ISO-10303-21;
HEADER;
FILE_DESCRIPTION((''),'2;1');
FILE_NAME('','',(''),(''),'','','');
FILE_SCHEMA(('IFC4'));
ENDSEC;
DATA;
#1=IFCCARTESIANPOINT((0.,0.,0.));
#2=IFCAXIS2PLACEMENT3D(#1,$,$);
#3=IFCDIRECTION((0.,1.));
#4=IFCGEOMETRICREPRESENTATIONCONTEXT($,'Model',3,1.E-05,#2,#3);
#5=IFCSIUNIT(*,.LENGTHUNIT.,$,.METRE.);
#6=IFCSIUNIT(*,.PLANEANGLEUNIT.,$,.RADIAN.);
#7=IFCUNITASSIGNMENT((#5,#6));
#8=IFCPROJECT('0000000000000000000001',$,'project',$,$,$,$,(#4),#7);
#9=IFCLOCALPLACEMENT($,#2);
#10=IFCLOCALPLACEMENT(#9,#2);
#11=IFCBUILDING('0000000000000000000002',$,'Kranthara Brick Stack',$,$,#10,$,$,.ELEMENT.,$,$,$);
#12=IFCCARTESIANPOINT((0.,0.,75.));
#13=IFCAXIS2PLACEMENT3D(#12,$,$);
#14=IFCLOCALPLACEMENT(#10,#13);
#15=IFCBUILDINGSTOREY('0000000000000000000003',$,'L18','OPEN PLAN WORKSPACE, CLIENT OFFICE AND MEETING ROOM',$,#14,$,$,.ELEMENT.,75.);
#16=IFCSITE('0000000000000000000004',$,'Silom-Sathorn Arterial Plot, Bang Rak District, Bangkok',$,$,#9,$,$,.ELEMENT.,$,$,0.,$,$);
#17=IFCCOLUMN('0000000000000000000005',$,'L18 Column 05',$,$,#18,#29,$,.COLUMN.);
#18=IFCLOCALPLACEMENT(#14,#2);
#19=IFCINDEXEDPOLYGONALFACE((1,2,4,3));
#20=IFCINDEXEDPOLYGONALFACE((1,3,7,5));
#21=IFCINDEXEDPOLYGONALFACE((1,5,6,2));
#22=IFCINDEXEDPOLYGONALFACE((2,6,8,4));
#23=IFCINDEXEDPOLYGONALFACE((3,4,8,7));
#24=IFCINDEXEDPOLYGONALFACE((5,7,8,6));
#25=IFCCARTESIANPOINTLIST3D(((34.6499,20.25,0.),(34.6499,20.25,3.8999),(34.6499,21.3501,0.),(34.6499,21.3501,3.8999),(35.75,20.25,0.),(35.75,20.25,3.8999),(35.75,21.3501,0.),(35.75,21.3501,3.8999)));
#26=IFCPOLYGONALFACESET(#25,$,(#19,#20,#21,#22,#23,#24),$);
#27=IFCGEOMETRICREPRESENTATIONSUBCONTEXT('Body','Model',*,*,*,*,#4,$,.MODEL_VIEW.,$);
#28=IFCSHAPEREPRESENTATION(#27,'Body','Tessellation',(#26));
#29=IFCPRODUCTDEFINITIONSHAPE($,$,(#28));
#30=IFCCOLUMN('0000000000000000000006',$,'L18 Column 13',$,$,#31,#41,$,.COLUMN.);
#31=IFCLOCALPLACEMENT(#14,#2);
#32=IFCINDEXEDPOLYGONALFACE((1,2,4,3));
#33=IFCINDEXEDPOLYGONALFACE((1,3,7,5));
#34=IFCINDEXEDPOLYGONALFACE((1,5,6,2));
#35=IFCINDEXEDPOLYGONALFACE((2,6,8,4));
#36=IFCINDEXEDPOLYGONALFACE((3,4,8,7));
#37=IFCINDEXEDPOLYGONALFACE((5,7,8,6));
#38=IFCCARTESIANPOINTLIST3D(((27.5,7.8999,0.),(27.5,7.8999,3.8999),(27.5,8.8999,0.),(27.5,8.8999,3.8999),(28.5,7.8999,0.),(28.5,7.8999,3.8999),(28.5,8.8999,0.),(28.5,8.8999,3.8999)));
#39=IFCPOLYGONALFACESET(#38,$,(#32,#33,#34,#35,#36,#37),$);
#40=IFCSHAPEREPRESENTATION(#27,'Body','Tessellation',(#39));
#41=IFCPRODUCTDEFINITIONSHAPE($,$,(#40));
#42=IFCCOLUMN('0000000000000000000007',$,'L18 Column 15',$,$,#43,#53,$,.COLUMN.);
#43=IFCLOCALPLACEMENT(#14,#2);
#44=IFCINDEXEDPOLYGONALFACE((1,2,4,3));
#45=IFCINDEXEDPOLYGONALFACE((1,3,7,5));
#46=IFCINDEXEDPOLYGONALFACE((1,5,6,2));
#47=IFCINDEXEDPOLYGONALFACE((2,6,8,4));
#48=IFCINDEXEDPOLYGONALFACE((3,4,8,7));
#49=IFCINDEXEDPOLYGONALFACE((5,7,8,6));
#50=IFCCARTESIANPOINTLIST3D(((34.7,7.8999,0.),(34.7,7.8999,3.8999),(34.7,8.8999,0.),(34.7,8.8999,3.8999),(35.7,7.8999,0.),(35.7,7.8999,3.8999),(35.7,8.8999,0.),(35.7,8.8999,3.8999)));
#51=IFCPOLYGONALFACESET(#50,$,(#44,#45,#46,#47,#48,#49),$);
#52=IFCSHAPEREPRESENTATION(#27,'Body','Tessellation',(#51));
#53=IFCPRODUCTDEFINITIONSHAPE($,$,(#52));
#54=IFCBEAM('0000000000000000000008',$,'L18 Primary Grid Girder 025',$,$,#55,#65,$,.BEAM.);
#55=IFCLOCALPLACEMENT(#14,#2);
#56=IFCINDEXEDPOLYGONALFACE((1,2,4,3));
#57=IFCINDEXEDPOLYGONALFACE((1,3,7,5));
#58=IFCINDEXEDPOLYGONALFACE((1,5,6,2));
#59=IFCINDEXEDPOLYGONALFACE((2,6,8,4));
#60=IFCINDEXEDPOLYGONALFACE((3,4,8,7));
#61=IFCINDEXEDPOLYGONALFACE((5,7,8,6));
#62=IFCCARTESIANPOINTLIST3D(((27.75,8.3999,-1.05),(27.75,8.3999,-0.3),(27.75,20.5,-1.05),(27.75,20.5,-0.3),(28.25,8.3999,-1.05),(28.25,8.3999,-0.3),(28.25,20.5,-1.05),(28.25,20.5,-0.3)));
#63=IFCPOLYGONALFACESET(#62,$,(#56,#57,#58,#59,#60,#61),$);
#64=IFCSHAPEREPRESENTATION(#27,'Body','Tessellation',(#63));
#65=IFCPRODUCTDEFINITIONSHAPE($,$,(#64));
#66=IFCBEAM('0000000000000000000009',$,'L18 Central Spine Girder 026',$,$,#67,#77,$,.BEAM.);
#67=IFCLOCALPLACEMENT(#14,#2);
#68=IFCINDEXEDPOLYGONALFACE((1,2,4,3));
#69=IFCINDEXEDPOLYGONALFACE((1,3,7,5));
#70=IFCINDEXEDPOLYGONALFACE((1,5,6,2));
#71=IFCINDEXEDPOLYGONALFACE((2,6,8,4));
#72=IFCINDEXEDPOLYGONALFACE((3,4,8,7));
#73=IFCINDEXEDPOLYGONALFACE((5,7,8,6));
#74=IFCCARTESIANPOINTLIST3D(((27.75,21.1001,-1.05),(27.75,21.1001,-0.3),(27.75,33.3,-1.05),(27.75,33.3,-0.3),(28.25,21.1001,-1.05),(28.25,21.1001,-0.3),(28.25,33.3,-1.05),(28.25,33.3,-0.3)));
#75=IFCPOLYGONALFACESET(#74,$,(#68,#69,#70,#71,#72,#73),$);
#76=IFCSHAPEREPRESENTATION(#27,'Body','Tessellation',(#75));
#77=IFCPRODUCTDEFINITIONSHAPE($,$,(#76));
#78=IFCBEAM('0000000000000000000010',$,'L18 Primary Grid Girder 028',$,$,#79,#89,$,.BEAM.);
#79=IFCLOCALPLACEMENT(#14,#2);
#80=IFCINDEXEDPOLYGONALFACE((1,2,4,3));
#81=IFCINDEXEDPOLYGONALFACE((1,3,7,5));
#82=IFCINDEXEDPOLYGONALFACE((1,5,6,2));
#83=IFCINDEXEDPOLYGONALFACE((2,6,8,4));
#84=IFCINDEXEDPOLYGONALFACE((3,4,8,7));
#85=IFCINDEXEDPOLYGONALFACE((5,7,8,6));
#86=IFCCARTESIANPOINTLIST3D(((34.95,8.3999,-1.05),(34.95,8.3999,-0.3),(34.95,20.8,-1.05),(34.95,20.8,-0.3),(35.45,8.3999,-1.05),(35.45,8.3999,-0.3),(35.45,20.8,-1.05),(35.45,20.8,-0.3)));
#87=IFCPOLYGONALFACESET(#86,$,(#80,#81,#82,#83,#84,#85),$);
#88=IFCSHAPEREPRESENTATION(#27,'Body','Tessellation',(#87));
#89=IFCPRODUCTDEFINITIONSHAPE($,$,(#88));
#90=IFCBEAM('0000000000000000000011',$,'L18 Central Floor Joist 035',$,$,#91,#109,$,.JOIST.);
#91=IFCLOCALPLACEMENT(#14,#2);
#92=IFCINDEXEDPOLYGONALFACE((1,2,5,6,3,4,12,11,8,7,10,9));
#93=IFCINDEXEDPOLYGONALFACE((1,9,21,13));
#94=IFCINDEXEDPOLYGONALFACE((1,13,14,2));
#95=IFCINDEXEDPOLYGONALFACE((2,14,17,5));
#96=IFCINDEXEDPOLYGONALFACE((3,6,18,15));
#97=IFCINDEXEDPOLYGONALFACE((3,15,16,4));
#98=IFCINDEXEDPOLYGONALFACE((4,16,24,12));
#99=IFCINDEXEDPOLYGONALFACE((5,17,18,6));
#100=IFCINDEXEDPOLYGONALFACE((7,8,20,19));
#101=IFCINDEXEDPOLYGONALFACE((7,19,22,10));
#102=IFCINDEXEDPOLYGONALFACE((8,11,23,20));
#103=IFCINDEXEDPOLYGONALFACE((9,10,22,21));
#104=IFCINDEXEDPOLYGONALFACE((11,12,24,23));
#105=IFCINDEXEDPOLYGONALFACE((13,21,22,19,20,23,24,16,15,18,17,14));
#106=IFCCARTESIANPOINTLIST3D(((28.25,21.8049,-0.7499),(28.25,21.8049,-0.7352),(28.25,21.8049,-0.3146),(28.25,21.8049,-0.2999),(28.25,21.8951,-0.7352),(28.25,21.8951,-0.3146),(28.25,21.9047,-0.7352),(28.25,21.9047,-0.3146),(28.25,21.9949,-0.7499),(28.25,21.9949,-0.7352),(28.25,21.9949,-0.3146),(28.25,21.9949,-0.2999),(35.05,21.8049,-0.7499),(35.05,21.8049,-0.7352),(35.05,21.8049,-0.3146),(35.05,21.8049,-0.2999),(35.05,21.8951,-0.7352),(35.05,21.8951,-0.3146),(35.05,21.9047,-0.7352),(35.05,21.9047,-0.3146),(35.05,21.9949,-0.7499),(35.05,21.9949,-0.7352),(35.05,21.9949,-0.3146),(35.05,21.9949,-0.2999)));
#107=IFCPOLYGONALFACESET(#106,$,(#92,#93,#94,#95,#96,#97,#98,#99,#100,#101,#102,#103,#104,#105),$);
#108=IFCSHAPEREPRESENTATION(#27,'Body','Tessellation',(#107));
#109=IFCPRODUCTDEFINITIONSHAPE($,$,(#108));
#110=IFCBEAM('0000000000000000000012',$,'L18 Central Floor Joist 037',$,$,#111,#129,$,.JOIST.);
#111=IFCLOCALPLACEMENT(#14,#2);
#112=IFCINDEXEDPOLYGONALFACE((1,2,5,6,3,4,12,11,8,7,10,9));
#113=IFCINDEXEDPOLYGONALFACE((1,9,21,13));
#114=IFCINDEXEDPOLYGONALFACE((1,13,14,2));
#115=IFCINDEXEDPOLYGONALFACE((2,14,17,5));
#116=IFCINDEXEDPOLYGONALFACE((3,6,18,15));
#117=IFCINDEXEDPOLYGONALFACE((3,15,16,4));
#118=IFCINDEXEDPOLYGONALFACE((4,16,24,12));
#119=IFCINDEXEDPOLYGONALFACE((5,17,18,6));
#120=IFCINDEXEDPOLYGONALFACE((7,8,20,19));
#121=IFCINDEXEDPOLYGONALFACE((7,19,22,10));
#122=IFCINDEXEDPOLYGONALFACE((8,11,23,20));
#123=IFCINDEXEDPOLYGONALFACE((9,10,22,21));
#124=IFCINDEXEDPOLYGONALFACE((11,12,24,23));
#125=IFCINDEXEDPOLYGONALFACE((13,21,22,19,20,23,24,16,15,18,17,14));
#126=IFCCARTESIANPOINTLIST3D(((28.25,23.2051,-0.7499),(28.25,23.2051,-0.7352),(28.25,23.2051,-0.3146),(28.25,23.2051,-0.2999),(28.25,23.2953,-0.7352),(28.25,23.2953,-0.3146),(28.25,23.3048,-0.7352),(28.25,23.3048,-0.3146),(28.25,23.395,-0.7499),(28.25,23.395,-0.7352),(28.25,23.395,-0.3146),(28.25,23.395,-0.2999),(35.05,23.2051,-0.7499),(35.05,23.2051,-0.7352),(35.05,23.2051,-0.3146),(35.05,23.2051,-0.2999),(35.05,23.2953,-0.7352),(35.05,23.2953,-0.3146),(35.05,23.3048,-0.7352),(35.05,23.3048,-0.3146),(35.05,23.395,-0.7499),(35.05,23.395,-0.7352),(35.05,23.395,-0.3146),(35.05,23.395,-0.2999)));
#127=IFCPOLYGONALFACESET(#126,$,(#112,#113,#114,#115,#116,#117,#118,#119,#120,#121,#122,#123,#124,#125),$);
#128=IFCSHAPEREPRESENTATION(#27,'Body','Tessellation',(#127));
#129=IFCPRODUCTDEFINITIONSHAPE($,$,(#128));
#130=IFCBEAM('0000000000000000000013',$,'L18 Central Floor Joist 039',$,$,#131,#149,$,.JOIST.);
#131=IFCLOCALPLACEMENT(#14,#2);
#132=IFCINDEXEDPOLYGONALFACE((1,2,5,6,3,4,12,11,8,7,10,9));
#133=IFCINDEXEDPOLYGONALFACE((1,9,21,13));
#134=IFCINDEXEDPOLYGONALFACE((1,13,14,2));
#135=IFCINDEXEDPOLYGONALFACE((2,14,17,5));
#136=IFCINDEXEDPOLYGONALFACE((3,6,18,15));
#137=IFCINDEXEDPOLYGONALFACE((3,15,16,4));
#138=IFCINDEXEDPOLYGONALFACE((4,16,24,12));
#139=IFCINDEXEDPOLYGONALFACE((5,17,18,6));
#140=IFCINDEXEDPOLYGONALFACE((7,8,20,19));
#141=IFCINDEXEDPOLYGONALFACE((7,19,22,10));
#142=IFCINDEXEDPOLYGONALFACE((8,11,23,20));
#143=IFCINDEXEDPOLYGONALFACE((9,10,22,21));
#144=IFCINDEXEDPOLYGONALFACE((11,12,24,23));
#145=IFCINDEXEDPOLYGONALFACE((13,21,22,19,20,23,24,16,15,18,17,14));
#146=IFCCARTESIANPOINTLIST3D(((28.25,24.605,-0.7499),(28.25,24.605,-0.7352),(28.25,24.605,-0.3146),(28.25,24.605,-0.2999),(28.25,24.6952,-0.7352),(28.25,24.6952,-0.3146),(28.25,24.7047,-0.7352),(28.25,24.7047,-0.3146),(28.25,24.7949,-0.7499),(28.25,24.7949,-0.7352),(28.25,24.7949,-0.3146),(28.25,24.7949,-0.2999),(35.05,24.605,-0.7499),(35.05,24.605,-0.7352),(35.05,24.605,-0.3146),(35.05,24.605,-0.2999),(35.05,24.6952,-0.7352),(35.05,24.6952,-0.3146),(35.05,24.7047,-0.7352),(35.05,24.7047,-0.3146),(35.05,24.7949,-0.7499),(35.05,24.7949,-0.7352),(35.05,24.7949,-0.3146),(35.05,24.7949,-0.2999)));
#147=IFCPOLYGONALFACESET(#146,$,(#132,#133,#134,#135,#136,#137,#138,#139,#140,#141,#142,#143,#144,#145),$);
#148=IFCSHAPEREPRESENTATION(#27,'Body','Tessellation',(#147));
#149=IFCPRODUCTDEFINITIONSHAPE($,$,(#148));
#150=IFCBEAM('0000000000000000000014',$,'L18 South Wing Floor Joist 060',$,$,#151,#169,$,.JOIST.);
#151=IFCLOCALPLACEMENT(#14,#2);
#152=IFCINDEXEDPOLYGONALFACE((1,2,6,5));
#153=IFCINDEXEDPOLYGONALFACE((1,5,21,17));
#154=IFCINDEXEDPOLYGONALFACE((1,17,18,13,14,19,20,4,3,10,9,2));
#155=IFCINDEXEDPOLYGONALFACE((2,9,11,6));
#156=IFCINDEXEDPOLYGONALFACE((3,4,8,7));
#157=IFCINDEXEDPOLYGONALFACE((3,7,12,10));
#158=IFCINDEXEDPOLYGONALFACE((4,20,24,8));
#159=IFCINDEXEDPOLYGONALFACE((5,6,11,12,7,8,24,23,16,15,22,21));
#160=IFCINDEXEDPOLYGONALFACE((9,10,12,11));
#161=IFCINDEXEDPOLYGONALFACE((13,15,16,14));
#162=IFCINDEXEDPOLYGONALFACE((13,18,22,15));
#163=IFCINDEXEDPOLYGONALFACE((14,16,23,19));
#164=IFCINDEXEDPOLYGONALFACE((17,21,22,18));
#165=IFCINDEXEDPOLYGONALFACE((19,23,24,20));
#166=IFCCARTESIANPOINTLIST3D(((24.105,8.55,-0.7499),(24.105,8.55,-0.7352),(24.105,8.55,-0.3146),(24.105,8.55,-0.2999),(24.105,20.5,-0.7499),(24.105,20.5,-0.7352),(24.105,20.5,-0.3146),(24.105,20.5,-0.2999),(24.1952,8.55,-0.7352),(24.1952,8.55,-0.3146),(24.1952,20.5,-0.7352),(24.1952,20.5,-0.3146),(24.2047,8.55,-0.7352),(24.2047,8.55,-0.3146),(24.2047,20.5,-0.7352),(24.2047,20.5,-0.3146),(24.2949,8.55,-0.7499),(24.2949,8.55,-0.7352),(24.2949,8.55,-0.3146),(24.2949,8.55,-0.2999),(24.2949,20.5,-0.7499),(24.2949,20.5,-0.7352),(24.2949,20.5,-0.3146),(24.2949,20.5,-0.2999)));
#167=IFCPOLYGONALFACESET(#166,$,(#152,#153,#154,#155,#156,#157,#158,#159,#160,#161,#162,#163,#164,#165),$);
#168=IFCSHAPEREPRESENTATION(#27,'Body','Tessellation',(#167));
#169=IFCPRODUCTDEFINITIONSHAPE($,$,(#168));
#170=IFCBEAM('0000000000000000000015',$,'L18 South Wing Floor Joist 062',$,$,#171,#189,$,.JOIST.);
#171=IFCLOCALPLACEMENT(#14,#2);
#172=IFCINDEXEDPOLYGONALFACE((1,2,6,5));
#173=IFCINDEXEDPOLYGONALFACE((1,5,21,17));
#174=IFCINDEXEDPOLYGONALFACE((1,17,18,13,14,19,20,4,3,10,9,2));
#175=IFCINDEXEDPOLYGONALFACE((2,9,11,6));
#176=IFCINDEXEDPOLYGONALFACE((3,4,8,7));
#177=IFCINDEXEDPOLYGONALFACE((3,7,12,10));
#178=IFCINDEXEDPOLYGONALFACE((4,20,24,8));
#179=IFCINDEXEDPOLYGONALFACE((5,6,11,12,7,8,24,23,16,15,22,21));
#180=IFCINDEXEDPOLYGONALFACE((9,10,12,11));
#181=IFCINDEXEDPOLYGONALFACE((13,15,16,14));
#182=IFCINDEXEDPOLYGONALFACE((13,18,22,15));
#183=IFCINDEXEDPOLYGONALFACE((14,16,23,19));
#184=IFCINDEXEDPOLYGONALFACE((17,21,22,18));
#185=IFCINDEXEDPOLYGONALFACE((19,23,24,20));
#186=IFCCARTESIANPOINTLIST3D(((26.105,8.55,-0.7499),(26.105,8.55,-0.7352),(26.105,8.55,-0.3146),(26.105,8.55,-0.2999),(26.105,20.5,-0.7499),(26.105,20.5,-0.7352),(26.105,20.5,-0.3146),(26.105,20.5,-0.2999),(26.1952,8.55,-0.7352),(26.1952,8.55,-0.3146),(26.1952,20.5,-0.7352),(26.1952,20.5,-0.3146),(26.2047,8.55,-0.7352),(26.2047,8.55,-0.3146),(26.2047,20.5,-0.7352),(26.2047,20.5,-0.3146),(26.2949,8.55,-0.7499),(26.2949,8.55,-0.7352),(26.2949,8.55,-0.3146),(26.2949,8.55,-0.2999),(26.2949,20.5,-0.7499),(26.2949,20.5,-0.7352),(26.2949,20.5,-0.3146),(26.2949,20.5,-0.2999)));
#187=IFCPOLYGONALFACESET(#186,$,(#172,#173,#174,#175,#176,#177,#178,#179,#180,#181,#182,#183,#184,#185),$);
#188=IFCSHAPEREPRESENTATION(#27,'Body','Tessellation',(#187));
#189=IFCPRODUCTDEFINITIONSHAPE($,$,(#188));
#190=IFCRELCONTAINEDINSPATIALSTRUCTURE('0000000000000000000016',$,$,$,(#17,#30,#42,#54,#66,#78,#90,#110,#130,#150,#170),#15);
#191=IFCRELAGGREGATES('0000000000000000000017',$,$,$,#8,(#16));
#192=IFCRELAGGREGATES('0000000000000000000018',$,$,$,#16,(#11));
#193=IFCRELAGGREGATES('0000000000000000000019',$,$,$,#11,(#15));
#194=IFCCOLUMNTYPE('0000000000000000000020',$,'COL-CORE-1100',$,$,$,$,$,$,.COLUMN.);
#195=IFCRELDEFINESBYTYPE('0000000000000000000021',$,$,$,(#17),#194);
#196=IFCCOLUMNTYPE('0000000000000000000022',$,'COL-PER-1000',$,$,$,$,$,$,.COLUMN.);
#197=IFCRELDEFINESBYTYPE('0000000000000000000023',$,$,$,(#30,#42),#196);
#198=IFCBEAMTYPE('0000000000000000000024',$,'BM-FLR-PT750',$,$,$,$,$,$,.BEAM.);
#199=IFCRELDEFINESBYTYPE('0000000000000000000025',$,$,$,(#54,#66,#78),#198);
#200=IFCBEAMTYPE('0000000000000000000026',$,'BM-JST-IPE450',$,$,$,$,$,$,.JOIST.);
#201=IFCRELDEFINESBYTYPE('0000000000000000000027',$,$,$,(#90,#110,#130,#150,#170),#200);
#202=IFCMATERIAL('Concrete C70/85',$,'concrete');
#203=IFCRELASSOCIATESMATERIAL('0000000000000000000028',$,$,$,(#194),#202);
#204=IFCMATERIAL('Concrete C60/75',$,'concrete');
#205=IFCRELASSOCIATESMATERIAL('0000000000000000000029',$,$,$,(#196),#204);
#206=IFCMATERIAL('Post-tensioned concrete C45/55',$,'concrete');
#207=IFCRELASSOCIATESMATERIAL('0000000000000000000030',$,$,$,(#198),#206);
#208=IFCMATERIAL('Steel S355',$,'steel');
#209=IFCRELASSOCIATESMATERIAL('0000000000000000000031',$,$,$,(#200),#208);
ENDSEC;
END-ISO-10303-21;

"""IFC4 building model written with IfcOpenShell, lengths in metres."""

from ifc_helpers import new_model, si_unit, direction, frame, origin, origin_2d, place, context, subcontext, project, spatial, rectangle, i_section, extrude, material, material_profile, profile_set, type_object, element, save


model = new_model("IFC4")

# Units and contexts
model_context = context("Model", 3, precision=1e-05, world=origin(), true_north=direction((0.0, 1.0)))
body_context = subcontext(model_context, "Body", "Model", "MODEL_VIEW")
ifc_project = project(units=[si_unit("LENGTHUNIT", "METRE"), si_unit("PLANEANGLEUNIT", "RADIAN")], contexts=[model_context])

# Site, building, storey
site_placement = place(None, origin())
site = spatial("IfcSite", under=ifc_project, at=site_placement, Name="Silom-Sathorn Arterial Plot, Bang Rak District, Bangkok", CompositionType="ELEMENT", RefElevation=0.0)
building_placement = place(site_placement, origin())
building = spatial("IfcBuilding", under=site, at=building_placement, Name="Kranthara Brick Stack", CompositionType="ELEMENT")
storey_placement = place(building_placement, frame((0.0, 0.0, 75.0)))
storey = spatial("IfcBuildingStorey", under=building, at=storey_placement, Name="L18", Description="OPEN PLAN WORKSPACE, CLIENT OFFICE AND MEETING ROOM", CompositionType="ELEMENT", Elevation=75.0)

# Columns
ifc_material_1 = material(Name="Concrete C70/85", Category="concrete")
ifc_material_profile_1 = material_profile(ifc_material_1, rectangle(XDim=1.1001, YDim=1.1001, at=origin_2d()), Name="RC 1100x1100")
ifc_profile_set_1 = profile_set([ifc_material_profile_1], Name="Concrete C70/85")
column_type_1 = type_object("IfcColumnType", Name="COL-CORE-1100", PredefinedType="COLUMN", material=ifc_profile_set_1)
column_placement = place(storey_placement, frame((35.2, 20.8, 0.0), z_axis=(0.0, 0.0, 1.0), x_axis=(1.0, 0.0, 0.0)))
element("IfcColumn", 1, at=column_placement, inside=storey, type_object=column_type_1, Name="L18 Column 05", PredefinedType="COLUMN", context=body_context, shape_type="SweptSolid", body=[
    extrude(rectangle(XDim=1.1001, YDim=1.1001, at=origin_2d()), origin(), (0.0, 0.0, 1.0), 3.8999),
])
ifc_material_2 = material(Name="Concrete C60/75", Category="concrete")
ifc_material_profile_2 = material_profile(ifc_material_2, rectangle(XDim=1.0, YDim=1.0, at=origin_2d()), Name="RC 1000x1000")
ifc_profile_set_2 = profile_set([ifc_material_profile_2], Name="Concrete C60/75")
column_type_2 = type_object("IfcColumnType", Name="COL-PER-1000", PredefinedType="COLUMN", material=ifc_profile_set_2)
for number, where, z_axis, x_axis, name in (
    (2, (28.0, 8.3999, 0.0), (0.0, 0.0, 1.0), (1.0, 0.0, 0.0), "L18 Column 13"),
    (3, (35.2, 8.3999, 0.0), (0.0, 0.0, 1.0), (1.0, 0.0, 0.0), "L18 Column 15"),
):
    element("IfcColumn", number, at=place(storey_placement, frame(where, z_axis=z_axis, x_axis=x_axis)), inside=storey, type_object=column_type_2, Name=name, PredefinedType="COLUMN", context=body_context, shape_type="SweptSolid", body=[
        extrude(rectangle(XDim=1.0, YDim=1.0, at=origin_2d()), origin(), (0.0, 0.0, 1.0), 3.8999),
    ])

# Beams
ifc_material_3 = material(Name="Post-tensioned concrete C45/55", Category="concrete")
ifc_material_profile_3 = material_profile(ifc_material_3, rectangle(XDim=0.5, YDim=0.75, at=origin_2d()), Name="PT 500x750")
ifc_profile_set_3 = profile_set([ifc_material_profile_3], Name="Post-tensioned concrete C45/55")
beam_type_1 = type_object("IfcBeamType", Name="BM-FLR-PT750", PredefinedType="BEAM", material=ifc_profile_set_3)
beam_1_placement = place(storey_placement, frame((28.0, 8.3999, -0.675), z_axis=(0.0, 1.0, 0.0), x_axis=(-1.0, 0.0, 0.0)))
element("IfcBeam", 4, at=beam_1_placement, inside=storey, type_object=beam_type_1, Name="L18 Primary Grid Girder 025", PredefinedType="BEAM", context=body_context, shape_type="SweptSolid", body=[
    extrude(rectangle(XDim=0.5, YDim=0.75, at=origin_2d()), origin(), (0.0, 0.0, 1.0), 12.1001),
])
beam_2_placement = place(storey_placement, frame((28.0, 21.1001, -0.675), z_axis=(0.0, 1.0, 0.0), x_axis=(-1.0, 0.0, 0.0)))
element("IfcBeam", 5, at=beam_2_placement, inside=storey, type_object=beam_type_1, Name="L18 Central Spine Girder 026", PredefinedType="BEAM", context=body_context, shape_type="SweptSolid", body=[
    extrude(rectangle(XDim=0.5, YDim=0.75, at=origin_2d()), origin(), (0.0, 0.0, 1.0), 12.2),
])
beam_3_placement = place(storey_placement, frame((35.2, 8.3999, -0.675), z_axis=(0.0, 1.0, 0.0), x_axis=(-1.0, 0.0, 0.0)))
element("IfcBeam", 6, at=beam_3_placement, inside=storey, type_object=beam_type_1, Name="L18 Primary Grid Girder 028", PredefinedType="BEAM", context=body_context, shape_type="SweptSolid", body=[
    extrude(rectangle(XDim=0.5, YDim=0.75, at=origin_2d()), origin(), (0.0, 0.0, 1.0), 12.4001),
])
ifc_material_4 = material(Name="Steel S355", Category="steel")
ifc_material_profile_4 = material_profile(ifc_material_4, i_section(OverallWidth=0.1899, OverallDepth=0.45, WebThickness=0.0095, FlangeThickness=0.0146, at=origin_2d()), Name="IPE 450")
ifc_profile_set_4 = profile_set([ifc_material_profile_4], Name="Steel S355")
beam_type_2 = type_object("IfcBeamType", Name="BM-JST-IPE450", PredefinedType="JOIST", material=ifc_profile_set_4)
for number, where, z_axis, x_axis, name in (
    (7, (28.25, 21.8999, -0.5249), (1.0, 0.0, 0.0), (0.0, 1.0, 0.0), "L18 Central Floor Joist 035"),
    (8, (28.25, 23.3, -0.5249), (1.0, 0.0, 0.0), (0.0, 1.0, 0.0), "L18 Central Floor Joist 037"),
    (9, (28.25, 24.7, -0.5249), (1.0, 0.0, 0.0), (0.0, 1.0, 0.0), "L18 Central Floor Joist 039"),
):
    element("IfcBeam", number, at=place(storey_placement, frame(where, z_axis=z_axis, x_axis=x_axis)), inside=storey, type_object=beam_type_2, Name=name, PredefinedType="JOIST", context=body_context, shape_type="SweptSolid", body=[
        extrude(i_section(OverallWidth=0.1899, OverallDepth=0.45, WebThickness=0.0095, FlangeThickness=0.0146, at=origin_2d()), origin(), (0.0, 0.0, 1.0), 6.8),
    ])
for number, where, z_axis, x_axis, name in (
    (10, (24.2, 8.55, -0.5249), (0.0, 1.0, 0.0), (-1.0, 0.0, 0.0), "L18 South Wing Floor Joist 060"),
    (11, (26.2, 8.55, -0.5249), (0.0, 1.0, 0.0), (-1.0, 0.0, 0.0), "L18 South Wing Floor Joist 062"),
):
    element("IfcBeam", number, at=place(storey_placement, frame(where, z_axis=z_axis, x_axis=x_axis)), inside=storey, type_object=beam_type_2, Name=name, PredefinedType="JOIST", context=body_context, shape_type="SweptSolid", body=[
        extrude(i_section(OverallWidth=0.1899, OverallDepth=0.45, WebThickness=0.0095, FlangeThickness=0.0146, at=origin_2d()), origin(), (0.0, 0.0, 1.0), 11.95),
    ])

save(model, "model.ifc")
